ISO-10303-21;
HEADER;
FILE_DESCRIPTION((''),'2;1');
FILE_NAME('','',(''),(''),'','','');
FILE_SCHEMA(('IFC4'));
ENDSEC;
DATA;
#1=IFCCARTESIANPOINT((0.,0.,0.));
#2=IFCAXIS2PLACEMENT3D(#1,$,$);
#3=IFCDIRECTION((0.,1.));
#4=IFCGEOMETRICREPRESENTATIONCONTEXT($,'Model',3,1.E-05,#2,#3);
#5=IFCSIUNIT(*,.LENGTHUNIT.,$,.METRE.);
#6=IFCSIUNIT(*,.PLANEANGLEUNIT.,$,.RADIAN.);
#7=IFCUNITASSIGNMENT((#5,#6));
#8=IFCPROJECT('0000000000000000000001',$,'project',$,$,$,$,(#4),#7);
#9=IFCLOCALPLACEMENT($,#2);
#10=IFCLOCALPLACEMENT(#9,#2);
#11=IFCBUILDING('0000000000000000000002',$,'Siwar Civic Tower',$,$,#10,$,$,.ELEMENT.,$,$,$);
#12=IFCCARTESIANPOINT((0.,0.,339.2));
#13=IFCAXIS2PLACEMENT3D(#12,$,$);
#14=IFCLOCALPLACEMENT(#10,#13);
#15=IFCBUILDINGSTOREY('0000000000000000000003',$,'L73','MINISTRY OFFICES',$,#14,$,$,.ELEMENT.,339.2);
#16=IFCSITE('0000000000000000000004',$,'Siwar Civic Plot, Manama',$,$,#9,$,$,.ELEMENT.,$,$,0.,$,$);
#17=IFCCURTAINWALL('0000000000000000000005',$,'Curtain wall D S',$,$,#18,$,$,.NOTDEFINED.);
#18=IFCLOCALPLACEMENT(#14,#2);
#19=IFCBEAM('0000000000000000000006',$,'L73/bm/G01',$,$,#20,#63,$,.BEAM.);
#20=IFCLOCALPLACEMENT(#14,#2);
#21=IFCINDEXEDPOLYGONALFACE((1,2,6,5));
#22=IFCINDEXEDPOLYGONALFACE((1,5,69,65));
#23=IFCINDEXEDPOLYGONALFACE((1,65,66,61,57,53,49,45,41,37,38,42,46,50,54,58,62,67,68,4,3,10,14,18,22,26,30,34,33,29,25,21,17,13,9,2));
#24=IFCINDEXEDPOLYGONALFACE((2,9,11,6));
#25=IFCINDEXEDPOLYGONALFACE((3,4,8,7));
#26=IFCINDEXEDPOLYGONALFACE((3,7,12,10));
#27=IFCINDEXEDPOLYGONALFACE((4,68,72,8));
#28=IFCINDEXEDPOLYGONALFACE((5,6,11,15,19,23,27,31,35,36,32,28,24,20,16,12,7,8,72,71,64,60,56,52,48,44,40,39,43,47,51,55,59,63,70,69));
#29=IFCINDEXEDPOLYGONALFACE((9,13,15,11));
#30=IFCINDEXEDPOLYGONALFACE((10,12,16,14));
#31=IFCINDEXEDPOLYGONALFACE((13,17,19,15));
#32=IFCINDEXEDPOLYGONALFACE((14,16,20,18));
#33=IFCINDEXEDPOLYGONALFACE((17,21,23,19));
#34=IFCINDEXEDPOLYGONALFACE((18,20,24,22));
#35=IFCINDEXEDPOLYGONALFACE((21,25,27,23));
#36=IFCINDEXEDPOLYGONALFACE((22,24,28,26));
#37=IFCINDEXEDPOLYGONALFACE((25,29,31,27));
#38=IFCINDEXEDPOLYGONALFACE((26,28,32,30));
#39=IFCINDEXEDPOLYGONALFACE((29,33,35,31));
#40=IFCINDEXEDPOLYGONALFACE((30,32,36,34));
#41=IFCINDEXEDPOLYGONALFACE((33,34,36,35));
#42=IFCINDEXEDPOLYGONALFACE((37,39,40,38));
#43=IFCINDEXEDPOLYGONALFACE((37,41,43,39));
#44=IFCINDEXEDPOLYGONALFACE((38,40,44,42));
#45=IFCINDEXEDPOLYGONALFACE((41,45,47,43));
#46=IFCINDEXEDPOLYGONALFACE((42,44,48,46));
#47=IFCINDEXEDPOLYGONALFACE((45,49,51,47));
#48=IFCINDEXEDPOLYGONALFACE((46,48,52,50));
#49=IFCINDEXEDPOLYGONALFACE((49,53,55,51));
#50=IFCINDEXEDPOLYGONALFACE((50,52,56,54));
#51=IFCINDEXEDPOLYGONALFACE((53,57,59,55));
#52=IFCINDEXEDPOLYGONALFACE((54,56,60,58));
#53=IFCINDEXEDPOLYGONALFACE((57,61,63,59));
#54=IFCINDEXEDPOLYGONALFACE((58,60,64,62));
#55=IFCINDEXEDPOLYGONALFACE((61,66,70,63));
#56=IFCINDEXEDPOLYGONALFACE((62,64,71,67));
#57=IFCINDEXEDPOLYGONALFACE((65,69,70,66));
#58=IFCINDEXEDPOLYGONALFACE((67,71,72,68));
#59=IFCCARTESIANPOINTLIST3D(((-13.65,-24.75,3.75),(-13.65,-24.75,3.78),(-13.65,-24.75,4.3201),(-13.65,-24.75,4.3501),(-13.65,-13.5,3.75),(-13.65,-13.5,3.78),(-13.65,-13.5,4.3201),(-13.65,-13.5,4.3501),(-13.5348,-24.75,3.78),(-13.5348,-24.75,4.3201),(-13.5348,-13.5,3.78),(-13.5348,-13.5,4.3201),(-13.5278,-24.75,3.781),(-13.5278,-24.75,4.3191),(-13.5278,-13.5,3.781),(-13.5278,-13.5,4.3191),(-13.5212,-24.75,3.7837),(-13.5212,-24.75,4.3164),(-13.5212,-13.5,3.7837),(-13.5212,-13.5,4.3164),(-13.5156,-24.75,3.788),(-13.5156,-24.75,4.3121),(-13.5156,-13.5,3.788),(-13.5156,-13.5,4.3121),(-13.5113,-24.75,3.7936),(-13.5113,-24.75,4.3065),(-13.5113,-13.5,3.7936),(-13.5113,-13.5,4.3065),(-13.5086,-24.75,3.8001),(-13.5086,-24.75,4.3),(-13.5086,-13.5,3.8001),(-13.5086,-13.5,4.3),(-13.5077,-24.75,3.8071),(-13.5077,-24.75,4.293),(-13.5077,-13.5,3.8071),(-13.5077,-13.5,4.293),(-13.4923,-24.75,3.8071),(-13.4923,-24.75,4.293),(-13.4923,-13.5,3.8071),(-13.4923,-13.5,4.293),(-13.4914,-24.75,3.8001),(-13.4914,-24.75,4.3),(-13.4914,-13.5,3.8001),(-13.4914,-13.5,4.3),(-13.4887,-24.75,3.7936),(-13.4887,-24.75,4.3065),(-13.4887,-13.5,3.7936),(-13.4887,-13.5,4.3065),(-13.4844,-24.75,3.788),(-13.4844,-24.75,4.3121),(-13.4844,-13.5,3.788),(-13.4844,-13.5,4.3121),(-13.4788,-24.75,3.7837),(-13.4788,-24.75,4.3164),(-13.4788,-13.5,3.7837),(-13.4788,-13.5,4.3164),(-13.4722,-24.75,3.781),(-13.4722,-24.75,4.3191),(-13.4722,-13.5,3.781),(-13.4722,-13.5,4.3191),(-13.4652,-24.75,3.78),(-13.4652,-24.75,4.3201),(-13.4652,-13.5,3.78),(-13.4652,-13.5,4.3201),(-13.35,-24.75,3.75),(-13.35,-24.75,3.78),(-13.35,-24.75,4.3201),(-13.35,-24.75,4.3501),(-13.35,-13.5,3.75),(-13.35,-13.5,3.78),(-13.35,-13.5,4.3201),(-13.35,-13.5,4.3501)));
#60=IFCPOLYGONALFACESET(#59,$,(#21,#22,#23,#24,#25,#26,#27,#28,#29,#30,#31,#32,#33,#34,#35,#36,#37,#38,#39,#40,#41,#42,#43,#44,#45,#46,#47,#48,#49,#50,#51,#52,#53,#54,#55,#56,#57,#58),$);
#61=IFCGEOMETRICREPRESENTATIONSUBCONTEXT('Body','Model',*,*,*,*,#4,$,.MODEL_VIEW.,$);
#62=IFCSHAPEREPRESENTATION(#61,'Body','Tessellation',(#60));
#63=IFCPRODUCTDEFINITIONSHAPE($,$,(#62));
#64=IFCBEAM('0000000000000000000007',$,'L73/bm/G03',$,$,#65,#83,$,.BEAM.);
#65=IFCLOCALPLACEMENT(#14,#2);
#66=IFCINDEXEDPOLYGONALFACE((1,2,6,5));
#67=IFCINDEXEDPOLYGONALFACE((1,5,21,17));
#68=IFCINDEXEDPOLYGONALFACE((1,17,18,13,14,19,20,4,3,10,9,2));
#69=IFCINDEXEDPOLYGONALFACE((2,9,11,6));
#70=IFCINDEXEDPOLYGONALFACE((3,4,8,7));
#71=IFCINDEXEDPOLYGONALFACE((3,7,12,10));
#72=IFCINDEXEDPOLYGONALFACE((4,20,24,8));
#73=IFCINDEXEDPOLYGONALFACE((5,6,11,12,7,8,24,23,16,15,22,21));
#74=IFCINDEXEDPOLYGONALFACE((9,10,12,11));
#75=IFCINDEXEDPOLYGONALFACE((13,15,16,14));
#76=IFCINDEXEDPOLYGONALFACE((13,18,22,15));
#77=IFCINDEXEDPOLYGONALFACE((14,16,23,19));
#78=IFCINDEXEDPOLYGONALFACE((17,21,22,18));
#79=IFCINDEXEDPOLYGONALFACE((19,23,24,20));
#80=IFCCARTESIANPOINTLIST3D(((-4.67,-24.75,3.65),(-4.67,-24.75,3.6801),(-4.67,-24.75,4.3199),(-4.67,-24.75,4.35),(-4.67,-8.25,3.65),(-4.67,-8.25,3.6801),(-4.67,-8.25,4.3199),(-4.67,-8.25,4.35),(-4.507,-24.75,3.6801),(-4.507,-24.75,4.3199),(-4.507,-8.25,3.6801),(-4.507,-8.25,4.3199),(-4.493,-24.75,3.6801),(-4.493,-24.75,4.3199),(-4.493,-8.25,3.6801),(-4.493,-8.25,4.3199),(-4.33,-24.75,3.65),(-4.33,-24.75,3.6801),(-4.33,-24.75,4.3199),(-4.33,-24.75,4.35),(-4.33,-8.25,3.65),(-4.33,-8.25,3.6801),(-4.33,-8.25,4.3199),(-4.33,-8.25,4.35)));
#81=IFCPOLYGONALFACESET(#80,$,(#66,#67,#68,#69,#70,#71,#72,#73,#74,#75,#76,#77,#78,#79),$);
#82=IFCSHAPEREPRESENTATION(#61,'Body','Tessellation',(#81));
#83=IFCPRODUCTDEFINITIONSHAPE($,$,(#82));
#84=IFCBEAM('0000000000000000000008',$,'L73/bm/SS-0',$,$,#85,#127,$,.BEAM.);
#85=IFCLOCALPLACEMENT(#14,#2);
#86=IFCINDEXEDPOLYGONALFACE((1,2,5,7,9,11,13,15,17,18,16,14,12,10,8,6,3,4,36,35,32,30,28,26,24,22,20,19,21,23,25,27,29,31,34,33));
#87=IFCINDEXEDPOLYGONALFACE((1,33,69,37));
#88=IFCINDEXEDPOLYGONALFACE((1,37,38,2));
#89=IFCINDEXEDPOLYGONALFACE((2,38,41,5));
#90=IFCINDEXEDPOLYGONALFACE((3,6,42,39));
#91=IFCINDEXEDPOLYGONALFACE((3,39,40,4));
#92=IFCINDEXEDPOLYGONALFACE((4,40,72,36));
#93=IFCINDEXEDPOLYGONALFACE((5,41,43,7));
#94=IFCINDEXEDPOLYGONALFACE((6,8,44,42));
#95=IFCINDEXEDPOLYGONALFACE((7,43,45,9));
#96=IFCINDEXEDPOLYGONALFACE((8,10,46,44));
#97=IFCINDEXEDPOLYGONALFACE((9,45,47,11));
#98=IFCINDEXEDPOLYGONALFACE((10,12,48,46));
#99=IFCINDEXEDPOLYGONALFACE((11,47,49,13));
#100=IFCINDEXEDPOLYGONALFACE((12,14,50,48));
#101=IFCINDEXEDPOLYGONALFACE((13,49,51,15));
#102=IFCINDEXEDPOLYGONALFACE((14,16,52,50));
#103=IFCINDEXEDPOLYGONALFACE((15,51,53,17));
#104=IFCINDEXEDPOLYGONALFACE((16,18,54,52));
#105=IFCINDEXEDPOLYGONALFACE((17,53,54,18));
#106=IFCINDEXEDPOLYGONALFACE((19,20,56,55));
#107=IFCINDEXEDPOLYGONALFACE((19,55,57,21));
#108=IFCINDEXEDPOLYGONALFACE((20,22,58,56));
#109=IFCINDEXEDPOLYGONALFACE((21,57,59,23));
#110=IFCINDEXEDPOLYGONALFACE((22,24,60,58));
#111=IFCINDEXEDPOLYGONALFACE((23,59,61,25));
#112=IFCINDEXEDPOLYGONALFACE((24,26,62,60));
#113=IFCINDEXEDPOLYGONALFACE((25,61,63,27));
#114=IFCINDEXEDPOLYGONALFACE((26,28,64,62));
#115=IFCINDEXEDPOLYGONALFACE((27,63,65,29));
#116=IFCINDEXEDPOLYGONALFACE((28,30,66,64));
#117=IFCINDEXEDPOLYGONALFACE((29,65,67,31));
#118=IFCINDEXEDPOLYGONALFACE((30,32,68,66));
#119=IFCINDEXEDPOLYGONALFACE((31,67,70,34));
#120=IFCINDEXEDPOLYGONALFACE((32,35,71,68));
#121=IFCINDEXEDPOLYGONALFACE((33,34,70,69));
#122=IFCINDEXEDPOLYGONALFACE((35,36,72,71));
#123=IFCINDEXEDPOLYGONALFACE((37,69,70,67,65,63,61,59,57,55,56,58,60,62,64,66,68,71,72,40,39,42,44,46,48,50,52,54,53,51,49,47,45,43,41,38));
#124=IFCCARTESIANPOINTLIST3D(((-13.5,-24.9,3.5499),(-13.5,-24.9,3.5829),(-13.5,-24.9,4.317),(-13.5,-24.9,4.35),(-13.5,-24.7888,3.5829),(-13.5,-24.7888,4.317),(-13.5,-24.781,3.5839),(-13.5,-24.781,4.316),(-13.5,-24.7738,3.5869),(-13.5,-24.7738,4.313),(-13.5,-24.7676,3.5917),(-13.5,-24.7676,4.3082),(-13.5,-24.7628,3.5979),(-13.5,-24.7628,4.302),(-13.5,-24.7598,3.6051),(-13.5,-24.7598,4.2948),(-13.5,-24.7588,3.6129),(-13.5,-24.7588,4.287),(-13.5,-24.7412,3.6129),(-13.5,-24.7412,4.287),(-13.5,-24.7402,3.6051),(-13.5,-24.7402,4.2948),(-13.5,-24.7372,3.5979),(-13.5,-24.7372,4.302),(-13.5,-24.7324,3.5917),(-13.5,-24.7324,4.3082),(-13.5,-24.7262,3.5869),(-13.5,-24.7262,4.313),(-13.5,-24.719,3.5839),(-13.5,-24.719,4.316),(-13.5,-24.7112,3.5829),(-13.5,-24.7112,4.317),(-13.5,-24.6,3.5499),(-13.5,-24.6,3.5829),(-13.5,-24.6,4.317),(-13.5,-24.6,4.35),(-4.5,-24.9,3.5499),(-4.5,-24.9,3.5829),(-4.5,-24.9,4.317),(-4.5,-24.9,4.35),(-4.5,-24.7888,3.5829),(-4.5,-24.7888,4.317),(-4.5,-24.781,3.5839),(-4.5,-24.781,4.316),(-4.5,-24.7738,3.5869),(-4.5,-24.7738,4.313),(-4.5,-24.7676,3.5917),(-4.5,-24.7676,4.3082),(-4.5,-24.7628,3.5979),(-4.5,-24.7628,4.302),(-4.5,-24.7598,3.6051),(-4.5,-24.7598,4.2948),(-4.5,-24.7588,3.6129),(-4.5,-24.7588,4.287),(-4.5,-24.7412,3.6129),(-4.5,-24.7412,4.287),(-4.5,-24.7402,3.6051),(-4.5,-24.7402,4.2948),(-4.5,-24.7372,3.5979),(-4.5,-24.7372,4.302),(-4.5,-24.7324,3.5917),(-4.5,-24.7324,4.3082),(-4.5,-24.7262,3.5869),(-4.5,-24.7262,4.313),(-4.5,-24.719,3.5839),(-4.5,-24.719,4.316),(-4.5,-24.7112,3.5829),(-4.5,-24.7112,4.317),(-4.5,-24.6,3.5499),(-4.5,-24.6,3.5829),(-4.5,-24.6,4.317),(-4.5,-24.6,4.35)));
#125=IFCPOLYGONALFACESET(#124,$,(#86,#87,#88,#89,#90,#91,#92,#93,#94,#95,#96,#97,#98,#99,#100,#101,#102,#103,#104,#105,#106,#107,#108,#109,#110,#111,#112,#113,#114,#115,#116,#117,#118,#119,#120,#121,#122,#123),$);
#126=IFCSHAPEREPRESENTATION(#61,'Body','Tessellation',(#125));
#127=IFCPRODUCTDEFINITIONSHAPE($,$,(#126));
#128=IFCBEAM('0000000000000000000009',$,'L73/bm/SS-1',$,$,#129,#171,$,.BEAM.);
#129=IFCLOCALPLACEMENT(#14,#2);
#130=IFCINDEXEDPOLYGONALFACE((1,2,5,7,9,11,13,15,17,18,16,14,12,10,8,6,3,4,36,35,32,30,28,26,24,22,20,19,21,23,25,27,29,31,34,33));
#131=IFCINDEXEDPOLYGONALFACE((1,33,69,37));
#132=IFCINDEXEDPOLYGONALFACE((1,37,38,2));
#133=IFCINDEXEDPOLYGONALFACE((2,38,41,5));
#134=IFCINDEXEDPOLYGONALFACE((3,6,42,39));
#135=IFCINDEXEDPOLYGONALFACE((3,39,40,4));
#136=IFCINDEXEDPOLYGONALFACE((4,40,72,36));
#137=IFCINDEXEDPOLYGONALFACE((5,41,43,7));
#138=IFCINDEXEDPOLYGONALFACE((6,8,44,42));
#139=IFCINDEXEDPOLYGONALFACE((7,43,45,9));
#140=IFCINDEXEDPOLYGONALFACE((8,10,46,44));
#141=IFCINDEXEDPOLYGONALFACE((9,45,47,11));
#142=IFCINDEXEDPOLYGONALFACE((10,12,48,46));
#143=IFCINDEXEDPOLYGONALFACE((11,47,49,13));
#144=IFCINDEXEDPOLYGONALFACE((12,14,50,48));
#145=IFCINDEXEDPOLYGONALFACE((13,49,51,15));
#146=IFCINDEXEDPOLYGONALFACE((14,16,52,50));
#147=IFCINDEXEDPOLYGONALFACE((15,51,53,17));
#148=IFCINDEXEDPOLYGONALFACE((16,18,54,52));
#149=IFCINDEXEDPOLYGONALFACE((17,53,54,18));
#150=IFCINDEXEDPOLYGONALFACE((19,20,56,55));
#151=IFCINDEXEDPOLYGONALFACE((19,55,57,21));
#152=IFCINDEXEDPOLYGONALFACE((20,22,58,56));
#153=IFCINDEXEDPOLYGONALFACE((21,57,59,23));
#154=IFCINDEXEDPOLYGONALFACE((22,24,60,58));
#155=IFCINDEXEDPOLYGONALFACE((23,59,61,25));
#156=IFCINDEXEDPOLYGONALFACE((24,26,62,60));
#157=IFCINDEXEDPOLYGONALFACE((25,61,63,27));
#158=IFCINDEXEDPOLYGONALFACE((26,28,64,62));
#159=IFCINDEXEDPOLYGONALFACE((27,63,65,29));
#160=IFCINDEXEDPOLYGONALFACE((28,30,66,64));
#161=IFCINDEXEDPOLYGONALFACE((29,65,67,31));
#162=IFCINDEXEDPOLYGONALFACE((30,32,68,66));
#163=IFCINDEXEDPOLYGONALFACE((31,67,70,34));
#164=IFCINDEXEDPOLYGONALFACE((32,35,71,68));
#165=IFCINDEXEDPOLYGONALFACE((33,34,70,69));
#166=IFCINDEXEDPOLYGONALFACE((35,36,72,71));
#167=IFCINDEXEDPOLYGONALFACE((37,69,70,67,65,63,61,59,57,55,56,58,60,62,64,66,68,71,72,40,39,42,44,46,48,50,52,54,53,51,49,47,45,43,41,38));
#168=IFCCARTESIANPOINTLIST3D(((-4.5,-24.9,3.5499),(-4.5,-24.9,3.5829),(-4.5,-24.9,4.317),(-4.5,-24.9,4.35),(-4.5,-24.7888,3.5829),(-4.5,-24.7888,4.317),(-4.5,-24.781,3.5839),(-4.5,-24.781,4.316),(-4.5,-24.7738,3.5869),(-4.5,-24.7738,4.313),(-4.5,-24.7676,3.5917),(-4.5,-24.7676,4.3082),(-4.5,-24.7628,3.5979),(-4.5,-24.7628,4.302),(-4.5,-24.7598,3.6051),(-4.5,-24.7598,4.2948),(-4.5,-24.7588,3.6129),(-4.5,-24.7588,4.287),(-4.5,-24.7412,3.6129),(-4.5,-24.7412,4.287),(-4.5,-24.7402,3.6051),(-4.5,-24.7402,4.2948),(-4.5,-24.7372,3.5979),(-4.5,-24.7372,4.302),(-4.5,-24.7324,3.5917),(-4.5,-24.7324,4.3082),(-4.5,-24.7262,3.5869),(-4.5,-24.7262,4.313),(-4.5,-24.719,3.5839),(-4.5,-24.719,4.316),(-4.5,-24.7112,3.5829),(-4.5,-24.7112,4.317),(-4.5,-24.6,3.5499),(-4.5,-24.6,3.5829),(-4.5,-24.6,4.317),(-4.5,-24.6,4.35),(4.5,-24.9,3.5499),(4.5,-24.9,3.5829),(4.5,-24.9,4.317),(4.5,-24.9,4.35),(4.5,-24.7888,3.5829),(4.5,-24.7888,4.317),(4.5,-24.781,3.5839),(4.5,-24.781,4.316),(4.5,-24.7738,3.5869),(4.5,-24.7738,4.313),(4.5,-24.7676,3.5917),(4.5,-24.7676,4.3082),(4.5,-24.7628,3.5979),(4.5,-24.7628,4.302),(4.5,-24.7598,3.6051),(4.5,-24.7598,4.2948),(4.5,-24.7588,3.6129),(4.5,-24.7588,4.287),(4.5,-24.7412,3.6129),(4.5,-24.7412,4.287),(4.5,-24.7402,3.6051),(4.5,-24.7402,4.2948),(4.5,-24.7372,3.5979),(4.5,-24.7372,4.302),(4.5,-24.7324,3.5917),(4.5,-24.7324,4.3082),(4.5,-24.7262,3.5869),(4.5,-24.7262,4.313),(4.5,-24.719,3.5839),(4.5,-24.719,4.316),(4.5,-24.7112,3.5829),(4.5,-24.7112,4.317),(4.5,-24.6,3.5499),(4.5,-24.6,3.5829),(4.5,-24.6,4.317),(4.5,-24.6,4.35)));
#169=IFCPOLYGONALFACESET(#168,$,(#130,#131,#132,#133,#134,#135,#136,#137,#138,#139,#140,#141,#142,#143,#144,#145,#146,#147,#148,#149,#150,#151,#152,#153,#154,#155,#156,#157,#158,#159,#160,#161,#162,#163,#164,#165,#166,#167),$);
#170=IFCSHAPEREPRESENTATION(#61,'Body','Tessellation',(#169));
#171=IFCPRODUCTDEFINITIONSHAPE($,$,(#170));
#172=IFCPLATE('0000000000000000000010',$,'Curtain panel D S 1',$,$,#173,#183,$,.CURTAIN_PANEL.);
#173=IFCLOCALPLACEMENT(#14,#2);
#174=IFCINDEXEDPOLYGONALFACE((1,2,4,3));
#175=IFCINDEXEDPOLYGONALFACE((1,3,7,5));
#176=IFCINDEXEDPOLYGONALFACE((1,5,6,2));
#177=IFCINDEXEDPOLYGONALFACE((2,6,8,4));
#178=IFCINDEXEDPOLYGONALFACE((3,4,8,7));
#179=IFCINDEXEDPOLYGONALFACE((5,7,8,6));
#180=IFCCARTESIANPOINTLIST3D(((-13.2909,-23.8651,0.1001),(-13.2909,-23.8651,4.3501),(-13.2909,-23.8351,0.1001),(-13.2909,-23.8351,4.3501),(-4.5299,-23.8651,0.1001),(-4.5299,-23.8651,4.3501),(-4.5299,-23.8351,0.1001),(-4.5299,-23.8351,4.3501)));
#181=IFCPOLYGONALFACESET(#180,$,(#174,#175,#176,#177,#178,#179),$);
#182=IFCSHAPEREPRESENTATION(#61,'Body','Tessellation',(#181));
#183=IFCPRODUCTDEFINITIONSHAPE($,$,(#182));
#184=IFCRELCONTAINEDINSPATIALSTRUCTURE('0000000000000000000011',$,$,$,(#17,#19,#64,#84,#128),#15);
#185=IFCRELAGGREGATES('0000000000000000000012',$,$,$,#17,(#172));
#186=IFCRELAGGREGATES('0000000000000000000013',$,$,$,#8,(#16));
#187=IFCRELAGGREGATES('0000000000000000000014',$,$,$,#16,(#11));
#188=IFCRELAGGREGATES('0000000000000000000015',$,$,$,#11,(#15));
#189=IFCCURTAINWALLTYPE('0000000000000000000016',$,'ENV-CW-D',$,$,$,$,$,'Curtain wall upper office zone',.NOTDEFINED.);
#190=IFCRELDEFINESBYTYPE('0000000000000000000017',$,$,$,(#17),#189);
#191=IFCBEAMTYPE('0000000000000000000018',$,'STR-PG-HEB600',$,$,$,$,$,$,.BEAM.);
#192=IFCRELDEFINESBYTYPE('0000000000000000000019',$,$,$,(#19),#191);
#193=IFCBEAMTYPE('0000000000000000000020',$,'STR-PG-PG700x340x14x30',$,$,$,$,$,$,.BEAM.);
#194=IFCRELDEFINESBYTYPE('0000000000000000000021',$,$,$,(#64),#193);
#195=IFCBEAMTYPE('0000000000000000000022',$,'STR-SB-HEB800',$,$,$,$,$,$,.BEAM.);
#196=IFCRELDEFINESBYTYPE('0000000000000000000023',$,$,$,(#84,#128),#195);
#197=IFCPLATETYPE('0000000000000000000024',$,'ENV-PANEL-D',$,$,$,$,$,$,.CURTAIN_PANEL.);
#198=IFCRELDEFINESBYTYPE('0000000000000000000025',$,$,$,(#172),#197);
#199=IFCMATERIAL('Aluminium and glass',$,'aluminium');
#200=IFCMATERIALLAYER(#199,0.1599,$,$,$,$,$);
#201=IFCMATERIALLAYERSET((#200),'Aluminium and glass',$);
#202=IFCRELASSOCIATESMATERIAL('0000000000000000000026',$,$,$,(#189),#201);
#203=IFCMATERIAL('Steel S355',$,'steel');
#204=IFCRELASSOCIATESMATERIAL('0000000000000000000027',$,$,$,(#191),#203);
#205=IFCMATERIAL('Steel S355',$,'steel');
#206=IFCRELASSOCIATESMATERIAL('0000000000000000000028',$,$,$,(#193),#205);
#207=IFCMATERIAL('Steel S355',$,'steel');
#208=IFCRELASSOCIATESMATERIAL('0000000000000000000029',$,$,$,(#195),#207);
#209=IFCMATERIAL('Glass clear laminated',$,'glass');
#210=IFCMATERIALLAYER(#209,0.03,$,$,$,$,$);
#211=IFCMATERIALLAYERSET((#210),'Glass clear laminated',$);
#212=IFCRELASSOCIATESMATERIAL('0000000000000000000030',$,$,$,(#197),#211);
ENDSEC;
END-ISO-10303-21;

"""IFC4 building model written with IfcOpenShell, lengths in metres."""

from ifc_helpers import new_model, si_unit, direction, frame, origin, origin_2d, place, context, subcontext, project, spatial, rectangle, i_section, extrude, material, layer, layer_set, material_profile, profile_set, type_object, element, aggregate, save


model = new_model("IFC4")

# Units and contexts
model_context = context("Model", 3, precision=1e-05, world=origin(), true_north=direction((0.0, 1.0)))
body_context = subcontext(model_context, "Body", "Model", "MODEL_VIEW")
ifc_project = project(units=[si_unit("LENGTHUNIT", "METRE"), si_unit("PLANEANGLEUNIT", "RADIAN")], contexts=[model_context])

# Site, building, storey
site_placement = place(None, origin())
site = spatial("IfcSite", under=ifc_project, at=site_placement, Name="Siwar Civic Plot, Manama", CompositionType="ELEMENT", RefElevation=0.0)
building_placement = place(site_placement, origin())
building = spatial("IfcBuilding", under=site, at=building_placement, Name="Siwar Civic Tower", CompositionType="ELEMENT")
storey_placement = place(building_placement, frame((0.0, 0.0, 339.2)))
storey = spatial("IfcBuildingStorey", under=building, at=storey_placement, Name="L73", Description="MINISTRY OFFICES", CompositionType="ELEMENT", Elevation=339.2)

# Curtain wall
ifc_material_1 = material(Name="Aluminium and glass", Category="aluminium")
ifc_layer_1 = layer(ifc_material_1, 0.1599)
ifc_layer_set_1 = layer_set([ifc_layer_1], Name="Aluminium and glass")
curtain_wall_type = type_object("IfcCurtainWallType", Name="ENV-CW-D", ElementType="Curtain wall upper office zone", PredefinedType="NOTDEFINED", material=ifc_layer_set_1)
curtain_wall_placement = place(storey_placement, origin())
curtain_wall = element("IfcCurtainWall", 1, at=curtain_wall_placement, inside=storey, type_object=curtain_wall_type, Name="Curtain wall D S", PredefinedType="NOTDEFINED")

# Beams
ifc_material_2 = material(Name="Steel S355", Category="steel")
ifc_material_profile_1 = material_profile(ifc_material_2, i_section(OverallWidth=0.3, OverallDepth=0.6001, WebThickness=0.0154, FlangeThickness=0.03, FilletRadius=0.0271, at=origin_2d()), Name="HEB600")
ifc_profile_set_1 = profile_set([ifc_material_profile_1], Name="Steel S355")
beam_type_1 = type_object("IfcBeamType", Name="STR-PG-HEB600", PredefinedType="BEAM", material=ifc_profile_set_1)
beam_1_placement = place(storey_placement, frame((-13.5, -24.75, 4.05), z_axis=(0.0, 1.0, 0.0), x_axis=(-1.0, 0.0, 0.0)))
element("IfcBeam", 2, at=beam_1_placement, inside=storey, type_object=beam_type_1, Name="L73/bm/G01", PredefinedType="BEAM", context=body_context, shape_type="SweptSolid", body=[
    extrude(i_section(OverallWidth=0.3, OverallDepth=0.6001, WebThickness=0.0154, FlangeThickness=0.03, FilletRadius=0.0271, at=origin_2d()), origin(), (0.0, 0.0, 1.0), 11.25),
])
ifc_material_3 = material(Name="Steel S355", Category="steel")
ifc_material_profile_2 = material_profile(ifc_material_3, i_section(OverallWidth=0.3401, OverallDepth=0.7, WebThickness=0.0139, FlangeThickness=0.03, at=origin_2d()), Name="PG700x340x14x30")
ifc_profile_set_2 = profile_set([ifc_material_profile_2], Name="Steel S355")
beam_type_2 = type_object("IfcBeamType", Name="STR-PG-PG700x340x14x30", PredefinedType="BEAM", material=ifc_profile_set_2)
beam_2_placement = place(storey_placement, frame((-4.5, -24.75, 4.0), z_axis=(0.0, 1.0, 0.0), x_axis=(-1.0, 0.0, 0.0)))
element("IfcBeam", 3, at=beam_2_placement, inside=storey, type_object=beam_type_2, Name="L73/bm/G03", PredefinedType="BEAM", context=body_context, shape_type="SweptSolid", body=[
    extrude(i_section(OverallWidth=0.3401, OverallDepth=0.7, WebThickness=0.0139, FlangeThickness=0.03, at=origin_2d()), origin(), (0.0, 0.0, 1.0), 16.5),
])
ifc_material_4 = material(Name="Steel S355", Category="steel")
ifc_material_profile_3 = material_profile(ifc_material_4, i_section(OverallWidth=0.3, OverallDepth=0.8, WebThickness=0.0176, FlangeThickness=0.033, FilletRadius=0.03, at=origin_2d()), Name="HEB800")
ifc_profile_set_3 = profile_set([ifc_material_profile_3], Name="Steel S355")
beam_type_3 = type_object("IfcBeamType", Name="STR-SB-HEB800", PredefinedType="BEAM", material=ifc_profile_set_3)
for number, where, z_axis, x_axis, name in (
    (4, (-13.5, -24.75, 3.95), (1.0, 0.0, 0.0), (0.0, 1.0, 0.0), "L73/bm/SS-0"),
    (5, (-4.5, -24.75, 3.95), (1.0, 0.0, 0.0), (0.0, 1.0, 0.0), "L73/bm/SS-1"),
):
    element("IfcBeam", number, at=place(storey_placement, frame(where, z_axis=z_axis, x_axis=x_axis)), inside=storey, type_object=beam_type_3, Name=name, PredefinedType="BEAM", context=body_context, shape_type="SweptSolid", body=[
        extrude(i_section(OverallWidth=0.3, OverallDepth=0.8, WebThickness=0.0176, FlangeThickness=0.033, FilletRadius=0.03, at=origin_2d()), origin(), (0.0, 0.0, 1.0), 9.0),
    ])

# Plate
ifc_material_5 = material(Name="Glass clear laminated", Category="glass")
ifc_layer_2 = layer(ifc_material_5, 0.03)
ifc_layer_set_2 = layer_set([ifc_layer_2], Name="Glass clear laminated")
plate_type = type_object("IfcPlateType", Name="ENV-PANEL-D", PredefinedType="CURTAIN_PANEL", material=ifc_layer_set_2)
plate_placement = place(storey_placement, frame((-8.9104, -23.8501, 0.1001), z_axis=(0.0, 0.0, 1.0), x_axis=(1.0, 0.0, 0.0)))
plate = element("IfcPlate", 6, at=plate_placement, type_object=plate_type, Name="Curtain panel D S 1", PredefinedType="CURTAIN_PANEL", context=body_context, shape_type="SweptSolid", body=[
    extrude(rectangle(XDim=8.761, YDim=0.03, at=origin_2d()), origin(), (0.0, 0.0, 1.0), 4.25),
])
aggregate(curtain_wall, [plate])

save(model, "model.ifc")
